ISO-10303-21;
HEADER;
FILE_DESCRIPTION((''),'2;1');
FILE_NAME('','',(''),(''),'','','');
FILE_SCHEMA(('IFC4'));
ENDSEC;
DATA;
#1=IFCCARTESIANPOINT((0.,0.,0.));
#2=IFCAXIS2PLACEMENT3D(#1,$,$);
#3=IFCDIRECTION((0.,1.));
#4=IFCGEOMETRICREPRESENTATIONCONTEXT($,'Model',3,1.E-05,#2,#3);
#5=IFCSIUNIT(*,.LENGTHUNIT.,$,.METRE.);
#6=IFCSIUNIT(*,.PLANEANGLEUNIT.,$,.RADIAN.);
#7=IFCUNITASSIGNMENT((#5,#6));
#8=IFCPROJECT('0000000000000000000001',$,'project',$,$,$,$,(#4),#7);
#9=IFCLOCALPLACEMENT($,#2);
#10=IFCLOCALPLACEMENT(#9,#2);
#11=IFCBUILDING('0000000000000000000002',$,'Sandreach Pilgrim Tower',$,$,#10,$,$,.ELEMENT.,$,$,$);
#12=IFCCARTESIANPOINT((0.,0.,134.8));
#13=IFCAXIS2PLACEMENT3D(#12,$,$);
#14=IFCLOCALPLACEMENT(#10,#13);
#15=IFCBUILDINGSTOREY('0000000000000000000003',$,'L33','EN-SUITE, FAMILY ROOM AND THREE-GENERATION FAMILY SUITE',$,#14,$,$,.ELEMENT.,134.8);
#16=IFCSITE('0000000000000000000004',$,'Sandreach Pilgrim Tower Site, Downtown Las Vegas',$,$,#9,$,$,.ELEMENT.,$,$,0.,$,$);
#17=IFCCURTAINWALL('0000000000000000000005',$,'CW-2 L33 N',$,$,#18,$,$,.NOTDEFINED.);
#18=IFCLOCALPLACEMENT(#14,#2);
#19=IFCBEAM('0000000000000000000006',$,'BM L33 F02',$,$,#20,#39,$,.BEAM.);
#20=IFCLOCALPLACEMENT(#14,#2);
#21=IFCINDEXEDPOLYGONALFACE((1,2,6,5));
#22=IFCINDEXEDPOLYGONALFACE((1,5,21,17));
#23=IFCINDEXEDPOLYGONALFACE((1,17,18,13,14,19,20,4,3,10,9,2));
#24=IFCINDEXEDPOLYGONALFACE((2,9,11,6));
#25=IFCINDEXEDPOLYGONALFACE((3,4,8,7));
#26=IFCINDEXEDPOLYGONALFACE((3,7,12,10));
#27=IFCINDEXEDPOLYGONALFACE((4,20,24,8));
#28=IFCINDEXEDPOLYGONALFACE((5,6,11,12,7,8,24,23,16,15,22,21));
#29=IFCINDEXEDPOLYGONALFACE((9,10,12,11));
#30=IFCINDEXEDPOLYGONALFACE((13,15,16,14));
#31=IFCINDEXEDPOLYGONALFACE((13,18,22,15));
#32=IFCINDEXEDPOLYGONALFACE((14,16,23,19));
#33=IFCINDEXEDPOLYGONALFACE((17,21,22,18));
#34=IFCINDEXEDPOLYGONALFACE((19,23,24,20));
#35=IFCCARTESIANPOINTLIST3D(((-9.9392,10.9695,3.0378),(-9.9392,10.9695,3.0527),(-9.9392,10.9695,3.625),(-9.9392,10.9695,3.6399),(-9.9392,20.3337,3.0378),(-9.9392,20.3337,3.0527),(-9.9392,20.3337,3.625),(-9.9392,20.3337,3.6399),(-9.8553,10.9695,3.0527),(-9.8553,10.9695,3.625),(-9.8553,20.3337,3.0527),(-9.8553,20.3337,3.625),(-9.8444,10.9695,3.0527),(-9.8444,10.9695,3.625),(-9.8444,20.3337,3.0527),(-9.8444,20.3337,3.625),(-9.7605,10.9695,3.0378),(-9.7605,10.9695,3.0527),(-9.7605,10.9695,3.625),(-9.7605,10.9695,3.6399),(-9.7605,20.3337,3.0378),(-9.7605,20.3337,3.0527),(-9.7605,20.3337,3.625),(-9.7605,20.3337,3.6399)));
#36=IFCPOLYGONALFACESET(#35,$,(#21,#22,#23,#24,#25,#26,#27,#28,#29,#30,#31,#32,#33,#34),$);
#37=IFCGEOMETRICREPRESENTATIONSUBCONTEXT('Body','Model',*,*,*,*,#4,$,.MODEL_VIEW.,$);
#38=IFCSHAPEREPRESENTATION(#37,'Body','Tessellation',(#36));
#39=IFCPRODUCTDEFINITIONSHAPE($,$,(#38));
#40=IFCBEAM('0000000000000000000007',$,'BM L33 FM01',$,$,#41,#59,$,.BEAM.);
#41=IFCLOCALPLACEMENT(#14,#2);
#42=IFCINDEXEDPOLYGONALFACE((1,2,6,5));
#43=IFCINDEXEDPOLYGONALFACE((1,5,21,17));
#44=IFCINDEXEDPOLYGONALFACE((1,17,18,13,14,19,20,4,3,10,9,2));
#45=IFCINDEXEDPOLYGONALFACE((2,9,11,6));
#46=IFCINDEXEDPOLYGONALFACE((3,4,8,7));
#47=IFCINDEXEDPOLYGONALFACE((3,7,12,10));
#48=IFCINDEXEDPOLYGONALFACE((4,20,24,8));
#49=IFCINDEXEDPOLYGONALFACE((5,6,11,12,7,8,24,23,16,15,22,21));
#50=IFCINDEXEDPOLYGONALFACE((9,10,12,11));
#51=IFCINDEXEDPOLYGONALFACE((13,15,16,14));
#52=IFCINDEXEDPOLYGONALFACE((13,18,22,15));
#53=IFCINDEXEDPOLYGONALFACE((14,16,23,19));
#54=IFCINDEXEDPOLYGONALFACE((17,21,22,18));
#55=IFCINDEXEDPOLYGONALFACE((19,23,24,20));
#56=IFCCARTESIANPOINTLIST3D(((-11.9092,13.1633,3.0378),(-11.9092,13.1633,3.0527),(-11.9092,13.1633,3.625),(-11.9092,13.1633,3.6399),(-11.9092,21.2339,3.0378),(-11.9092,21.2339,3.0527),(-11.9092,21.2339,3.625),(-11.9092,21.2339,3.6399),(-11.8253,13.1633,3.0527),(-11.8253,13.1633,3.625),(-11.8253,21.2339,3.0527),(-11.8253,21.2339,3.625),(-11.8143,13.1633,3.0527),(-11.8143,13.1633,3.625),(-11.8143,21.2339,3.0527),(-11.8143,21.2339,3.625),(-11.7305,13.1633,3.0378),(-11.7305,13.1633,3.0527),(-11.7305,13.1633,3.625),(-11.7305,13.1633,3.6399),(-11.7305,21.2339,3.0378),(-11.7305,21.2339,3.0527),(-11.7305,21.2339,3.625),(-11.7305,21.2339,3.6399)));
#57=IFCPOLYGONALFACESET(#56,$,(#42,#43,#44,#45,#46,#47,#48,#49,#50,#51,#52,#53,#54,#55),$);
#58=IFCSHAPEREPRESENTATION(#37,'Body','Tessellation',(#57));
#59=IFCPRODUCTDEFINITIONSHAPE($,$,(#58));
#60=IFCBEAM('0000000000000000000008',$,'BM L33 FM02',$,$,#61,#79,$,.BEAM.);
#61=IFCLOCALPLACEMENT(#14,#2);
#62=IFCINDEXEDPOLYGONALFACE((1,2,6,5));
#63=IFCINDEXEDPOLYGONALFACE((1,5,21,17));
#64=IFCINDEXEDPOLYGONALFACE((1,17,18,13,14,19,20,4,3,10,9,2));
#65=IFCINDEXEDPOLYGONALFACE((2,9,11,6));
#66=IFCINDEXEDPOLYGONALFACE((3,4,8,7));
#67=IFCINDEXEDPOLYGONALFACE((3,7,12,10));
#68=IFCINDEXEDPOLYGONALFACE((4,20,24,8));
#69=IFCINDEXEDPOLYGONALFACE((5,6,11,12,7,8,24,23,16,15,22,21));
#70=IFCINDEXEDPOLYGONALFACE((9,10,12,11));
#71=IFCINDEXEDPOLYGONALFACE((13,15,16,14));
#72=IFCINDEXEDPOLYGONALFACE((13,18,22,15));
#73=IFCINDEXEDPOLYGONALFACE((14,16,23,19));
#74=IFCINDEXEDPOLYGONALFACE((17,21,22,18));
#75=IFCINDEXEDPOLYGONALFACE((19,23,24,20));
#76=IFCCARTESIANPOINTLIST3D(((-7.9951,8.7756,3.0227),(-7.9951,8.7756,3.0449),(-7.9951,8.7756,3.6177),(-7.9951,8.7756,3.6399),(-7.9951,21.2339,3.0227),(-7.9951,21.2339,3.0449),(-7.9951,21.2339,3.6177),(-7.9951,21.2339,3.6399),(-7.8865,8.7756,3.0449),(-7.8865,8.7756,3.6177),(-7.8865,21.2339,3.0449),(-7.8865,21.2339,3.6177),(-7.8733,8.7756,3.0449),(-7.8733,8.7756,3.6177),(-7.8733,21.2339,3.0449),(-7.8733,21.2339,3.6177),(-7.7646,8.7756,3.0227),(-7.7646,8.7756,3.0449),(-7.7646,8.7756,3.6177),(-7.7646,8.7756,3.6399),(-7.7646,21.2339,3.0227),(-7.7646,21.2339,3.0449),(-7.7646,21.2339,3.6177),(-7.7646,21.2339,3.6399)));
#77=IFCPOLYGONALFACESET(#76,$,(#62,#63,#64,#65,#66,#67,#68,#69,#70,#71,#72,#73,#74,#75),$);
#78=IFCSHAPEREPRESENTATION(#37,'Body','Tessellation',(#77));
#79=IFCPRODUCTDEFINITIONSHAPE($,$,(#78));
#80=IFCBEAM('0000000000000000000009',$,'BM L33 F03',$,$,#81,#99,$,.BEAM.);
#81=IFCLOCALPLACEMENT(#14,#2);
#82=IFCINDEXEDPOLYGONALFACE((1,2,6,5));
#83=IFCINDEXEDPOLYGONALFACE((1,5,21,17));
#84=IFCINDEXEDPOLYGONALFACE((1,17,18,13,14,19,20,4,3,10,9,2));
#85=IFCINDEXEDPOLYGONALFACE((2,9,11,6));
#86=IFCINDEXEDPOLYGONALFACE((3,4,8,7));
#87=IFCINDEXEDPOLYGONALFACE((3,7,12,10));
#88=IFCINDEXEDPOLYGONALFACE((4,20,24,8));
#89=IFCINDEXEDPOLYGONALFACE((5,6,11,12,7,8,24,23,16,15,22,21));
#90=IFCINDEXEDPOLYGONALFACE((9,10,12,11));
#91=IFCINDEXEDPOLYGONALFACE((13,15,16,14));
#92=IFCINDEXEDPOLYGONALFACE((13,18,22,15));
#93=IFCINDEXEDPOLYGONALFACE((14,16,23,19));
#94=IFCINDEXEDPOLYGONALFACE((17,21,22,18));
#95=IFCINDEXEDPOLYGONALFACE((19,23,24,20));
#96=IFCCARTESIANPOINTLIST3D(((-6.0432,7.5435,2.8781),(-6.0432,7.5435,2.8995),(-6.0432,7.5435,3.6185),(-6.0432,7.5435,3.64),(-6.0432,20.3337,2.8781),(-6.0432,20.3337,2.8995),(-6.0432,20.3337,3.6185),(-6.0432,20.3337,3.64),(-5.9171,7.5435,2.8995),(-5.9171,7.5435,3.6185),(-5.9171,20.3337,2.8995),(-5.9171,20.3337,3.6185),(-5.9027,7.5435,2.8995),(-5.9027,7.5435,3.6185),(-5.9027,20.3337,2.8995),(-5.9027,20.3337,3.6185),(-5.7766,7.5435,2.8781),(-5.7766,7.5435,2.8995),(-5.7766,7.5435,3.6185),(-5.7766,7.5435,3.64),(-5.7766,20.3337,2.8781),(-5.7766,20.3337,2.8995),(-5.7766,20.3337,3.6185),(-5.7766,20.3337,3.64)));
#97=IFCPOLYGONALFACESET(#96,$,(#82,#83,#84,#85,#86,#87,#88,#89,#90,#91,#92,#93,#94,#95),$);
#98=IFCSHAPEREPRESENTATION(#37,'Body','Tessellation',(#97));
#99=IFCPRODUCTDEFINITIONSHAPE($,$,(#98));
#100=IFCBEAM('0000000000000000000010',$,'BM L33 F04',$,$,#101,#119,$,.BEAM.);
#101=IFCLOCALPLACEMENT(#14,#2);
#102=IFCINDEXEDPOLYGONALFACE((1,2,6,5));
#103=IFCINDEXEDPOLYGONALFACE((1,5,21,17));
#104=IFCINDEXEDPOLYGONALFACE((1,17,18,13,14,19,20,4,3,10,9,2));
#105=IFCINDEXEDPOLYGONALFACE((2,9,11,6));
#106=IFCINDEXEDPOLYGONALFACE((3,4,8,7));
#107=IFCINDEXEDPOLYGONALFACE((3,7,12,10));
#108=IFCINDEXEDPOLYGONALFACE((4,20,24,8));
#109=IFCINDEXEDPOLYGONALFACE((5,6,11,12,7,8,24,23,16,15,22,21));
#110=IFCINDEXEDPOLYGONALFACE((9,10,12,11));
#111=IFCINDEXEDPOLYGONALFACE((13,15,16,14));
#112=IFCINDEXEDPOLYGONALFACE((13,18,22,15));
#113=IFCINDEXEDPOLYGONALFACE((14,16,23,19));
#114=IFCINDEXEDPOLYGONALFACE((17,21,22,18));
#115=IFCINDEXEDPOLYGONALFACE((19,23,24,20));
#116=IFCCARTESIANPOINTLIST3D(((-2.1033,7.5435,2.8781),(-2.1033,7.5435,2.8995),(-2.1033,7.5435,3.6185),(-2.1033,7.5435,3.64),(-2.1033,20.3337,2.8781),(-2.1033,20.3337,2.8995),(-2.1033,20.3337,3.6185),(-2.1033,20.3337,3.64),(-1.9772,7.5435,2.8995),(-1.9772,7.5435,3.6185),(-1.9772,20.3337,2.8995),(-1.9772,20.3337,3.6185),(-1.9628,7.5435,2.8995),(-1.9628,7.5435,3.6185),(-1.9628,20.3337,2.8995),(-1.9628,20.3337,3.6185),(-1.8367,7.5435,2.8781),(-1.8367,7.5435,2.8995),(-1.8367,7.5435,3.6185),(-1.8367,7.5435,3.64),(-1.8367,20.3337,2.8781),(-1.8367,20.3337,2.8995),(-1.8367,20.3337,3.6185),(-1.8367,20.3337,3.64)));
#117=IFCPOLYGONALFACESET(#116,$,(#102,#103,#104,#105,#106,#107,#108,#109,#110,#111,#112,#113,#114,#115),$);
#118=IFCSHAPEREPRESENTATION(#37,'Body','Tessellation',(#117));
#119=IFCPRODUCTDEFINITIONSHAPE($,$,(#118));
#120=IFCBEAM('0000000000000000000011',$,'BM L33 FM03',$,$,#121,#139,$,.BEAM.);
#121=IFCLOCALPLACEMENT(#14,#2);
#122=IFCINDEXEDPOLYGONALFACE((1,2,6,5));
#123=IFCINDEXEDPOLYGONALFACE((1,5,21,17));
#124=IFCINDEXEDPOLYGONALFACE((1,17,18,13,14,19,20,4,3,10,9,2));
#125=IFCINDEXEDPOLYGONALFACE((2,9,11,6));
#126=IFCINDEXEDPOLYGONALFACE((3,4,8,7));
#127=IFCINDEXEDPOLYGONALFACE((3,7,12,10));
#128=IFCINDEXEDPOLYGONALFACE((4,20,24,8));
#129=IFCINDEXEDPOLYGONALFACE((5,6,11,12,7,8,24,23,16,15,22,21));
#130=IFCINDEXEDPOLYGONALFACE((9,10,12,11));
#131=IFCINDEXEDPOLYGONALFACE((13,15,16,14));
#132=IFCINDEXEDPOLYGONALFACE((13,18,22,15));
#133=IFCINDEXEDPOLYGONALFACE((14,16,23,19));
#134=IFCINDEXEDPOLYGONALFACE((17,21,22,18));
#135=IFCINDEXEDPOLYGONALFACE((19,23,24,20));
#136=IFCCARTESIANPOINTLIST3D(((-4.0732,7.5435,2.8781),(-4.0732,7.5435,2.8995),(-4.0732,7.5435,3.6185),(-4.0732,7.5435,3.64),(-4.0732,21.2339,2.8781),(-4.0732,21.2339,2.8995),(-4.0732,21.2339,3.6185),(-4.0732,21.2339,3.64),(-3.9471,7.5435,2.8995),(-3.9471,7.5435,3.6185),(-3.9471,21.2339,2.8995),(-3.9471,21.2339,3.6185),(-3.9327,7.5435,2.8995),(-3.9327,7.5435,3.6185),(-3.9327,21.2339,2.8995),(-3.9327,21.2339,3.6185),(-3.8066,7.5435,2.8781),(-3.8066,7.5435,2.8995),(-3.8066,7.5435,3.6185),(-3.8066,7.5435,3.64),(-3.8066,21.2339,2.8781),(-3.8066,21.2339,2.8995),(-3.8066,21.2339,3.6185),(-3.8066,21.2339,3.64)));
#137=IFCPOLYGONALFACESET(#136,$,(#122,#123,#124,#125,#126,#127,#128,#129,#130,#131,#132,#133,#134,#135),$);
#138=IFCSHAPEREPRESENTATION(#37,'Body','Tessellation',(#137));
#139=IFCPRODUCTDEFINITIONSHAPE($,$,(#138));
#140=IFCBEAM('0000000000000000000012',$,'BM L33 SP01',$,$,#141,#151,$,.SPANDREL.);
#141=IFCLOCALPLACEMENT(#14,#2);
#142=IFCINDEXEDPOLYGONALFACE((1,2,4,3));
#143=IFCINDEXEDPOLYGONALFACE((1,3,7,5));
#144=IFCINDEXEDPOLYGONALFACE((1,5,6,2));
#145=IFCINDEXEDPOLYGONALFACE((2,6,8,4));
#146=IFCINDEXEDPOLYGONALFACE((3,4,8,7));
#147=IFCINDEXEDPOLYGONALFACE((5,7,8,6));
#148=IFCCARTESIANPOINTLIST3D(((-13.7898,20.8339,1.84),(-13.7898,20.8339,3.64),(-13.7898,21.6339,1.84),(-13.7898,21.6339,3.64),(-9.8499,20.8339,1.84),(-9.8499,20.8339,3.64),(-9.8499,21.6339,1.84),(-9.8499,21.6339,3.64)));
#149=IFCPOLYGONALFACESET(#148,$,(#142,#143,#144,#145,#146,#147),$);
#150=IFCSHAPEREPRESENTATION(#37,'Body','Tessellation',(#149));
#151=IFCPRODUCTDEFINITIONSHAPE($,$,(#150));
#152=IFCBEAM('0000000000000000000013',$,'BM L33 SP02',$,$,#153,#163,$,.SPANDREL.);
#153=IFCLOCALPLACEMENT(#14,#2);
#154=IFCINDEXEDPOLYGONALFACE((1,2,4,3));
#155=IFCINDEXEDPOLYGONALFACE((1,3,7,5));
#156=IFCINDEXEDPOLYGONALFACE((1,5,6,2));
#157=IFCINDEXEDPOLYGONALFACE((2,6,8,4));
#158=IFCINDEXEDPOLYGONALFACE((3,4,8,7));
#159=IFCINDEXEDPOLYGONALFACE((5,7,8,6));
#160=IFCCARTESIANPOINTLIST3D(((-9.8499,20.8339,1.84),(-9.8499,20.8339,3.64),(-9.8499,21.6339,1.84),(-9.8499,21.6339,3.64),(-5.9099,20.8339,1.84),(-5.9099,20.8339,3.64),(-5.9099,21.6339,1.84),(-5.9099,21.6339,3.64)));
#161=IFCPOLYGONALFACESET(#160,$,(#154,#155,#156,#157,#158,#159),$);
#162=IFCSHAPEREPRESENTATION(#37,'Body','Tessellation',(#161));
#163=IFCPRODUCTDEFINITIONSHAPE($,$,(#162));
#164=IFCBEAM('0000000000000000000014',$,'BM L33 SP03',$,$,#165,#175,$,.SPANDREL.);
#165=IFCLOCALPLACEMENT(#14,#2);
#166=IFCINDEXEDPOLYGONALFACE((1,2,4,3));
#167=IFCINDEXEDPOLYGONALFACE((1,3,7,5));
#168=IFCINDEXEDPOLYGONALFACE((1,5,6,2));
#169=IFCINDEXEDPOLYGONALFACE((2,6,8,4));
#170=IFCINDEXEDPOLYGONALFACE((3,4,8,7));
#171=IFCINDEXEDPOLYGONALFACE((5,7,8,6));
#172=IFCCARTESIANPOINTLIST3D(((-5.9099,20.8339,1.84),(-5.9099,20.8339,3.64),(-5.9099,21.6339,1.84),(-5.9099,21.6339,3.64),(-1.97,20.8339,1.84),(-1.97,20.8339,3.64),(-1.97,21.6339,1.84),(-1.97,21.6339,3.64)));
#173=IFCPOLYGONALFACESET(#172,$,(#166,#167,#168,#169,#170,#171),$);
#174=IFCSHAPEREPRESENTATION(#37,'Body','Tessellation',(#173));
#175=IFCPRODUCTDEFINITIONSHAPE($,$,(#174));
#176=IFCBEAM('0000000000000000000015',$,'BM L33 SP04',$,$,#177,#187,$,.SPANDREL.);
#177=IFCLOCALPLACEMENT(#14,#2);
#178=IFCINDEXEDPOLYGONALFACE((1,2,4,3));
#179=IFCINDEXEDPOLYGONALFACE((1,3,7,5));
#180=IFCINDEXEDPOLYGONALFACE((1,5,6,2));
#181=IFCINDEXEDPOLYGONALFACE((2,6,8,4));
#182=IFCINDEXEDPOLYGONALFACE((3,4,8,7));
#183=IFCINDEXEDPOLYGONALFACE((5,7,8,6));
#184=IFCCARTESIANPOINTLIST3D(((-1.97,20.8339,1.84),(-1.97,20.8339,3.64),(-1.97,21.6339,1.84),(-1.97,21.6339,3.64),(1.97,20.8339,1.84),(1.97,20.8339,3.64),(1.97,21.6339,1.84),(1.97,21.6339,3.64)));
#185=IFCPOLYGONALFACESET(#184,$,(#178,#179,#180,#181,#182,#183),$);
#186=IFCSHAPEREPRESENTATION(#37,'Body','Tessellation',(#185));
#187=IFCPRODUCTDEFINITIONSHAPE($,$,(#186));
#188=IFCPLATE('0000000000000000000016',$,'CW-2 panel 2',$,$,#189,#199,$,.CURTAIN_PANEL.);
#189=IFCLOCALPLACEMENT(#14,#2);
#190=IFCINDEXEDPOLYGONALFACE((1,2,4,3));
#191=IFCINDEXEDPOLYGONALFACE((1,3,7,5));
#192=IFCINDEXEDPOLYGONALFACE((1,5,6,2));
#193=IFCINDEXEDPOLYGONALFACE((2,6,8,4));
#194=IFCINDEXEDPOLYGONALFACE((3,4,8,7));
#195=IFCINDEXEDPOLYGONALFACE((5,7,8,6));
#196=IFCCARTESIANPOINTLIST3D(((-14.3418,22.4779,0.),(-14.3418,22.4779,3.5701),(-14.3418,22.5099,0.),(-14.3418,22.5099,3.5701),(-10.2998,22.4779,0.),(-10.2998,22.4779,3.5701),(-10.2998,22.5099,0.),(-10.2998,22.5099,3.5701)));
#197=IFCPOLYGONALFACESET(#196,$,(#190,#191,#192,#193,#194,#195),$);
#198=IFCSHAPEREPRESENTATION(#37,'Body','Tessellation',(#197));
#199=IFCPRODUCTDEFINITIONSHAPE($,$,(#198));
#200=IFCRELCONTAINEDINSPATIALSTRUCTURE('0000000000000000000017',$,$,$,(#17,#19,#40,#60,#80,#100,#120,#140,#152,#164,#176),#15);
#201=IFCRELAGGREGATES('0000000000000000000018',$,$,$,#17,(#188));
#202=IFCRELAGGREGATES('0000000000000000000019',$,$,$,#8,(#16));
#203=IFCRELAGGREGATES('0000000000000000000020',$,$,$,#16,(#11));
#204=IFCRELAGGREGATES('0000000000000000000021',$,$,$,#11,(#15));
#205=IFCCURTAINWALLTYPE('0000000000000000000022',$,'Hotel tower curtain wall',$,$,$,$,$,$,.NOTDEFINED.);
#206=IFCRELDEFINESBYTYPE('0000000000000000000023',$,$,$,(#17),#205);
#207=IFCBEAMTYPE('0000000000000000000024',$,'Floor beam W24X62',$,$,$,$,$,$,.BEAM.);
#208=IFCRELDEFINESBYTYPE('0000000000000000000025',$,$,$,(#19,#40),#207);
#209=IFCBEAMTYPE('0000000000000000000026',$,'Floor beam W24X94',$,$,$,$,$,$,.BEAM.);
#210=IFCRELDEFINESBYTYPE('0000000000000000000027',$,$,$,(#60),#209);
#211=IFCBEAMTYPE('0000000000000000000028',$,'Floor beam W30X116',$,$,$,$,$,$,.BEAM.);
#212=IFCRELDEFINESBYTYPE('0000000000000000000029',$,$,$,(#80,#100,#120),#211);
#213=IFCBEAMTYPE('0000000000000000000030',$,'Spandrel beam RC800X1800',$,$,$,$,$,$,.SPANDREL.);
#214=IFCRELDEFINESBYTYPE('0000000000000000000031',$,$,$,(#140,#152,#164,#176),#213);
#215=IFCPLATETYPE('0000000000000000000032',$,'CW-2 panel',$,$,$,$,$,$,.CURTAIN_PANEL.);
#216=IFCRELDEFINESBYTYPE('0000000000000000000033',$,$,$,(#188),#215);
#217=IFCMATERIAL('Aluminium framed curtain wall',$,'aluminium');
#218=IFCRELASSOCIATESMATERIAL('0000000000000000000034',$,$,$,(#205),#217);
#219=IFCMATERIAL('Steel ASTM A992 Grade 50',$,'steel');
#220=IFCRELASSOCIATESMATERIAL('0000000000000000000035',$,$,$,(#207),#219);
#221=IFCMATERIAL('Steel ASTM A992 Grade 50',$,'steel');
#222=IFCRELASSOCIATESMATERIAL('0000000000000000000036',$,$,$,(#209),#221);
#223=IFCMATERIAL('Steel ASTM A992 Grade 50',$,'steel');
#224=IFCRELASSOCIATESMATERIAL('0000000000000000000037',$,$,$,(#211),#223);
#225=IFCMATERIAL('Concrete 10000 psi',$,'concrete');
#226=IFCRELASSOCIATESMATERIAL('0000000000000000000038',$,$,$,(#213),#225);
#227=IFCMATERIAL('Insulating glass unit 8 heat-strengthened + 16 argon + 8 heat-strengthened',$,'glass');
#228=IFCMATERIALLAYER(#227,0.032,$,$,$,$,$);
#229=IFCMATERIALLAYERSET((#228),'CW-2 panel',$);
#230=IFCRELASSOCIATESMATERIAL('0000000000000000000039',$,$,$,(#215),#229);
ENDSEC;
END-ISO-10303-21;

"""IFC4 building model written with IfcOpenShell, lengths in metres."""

from ifc_helpers import new_model, si_unit, direction, frame, origin, origin_2d, place, context, subcontext, project, spatial, rectangle, i_section, extrude, material, layer, layer_set, material_profile, profile_set, type_object, element, aggregate, save


model = new_model("IFC4")

# Units and contexts
model_context = context("Model", 3, precision=1e-05, world=origin(), true_north=direction((0.0, 1.0)))
body_context = subcontext(model_context, "Body", "Model", "MODEL_VIEW")
ifc_project = project(units=[si_unit("LENGTHUNIT", "METRE"), si_unit("PLANEANGLEUNIT", "RADIAN")], contexts=[model_context])

# Site, building, storey
site_placement = place(None, origin())
site = spatial("IfcSite", under=ifc_project, at=site_placement, Name="Sandreach Pilgrim Tower Site, Downtown Las Vegas", CompositionType="ELEMENT", RefElevation=0.0)
building_placement = place(site_placement, origin())
building = spatial("IfcBuilding", under=site, at=building_placement, Name="Sandreach Pilgrim Tower", CompositionType="ELEMENT")
storey_placement = place(building_placement, frame((0.0, 0.0, 134.8)))
storey = spatial("IfcBuildingStorey", under=building, at=storey_placement, Name="L33", Description="EN-SUITE, FAMILY ROOM AND THREE-GENERATION FAMILY SUITE", CompositionType="ELEMENT", Elevation=134.8)

# Curtain wall
ifc_material_1 = material(Name="Aluminium framed curtain wall", Category="aluminium")
curtain_wall_type = type_object("IfcCurtainWallType", Name="Hotel tower curtain wall", PredefinedType="NOTDEFINED", material=ifc_material_1)
curtain_wall_placement = place(storey_placement, origin())
curtain_wall = element("IfcCurtainWall", 1, at=curtain_wall_placement, inside=storey, type_object=curtain_wall_type, Name="CW-2 L33 N", PredefinedType="NOTDEFINED")

# Beams
ifc_material_2 = material(Name="Steel ASTM A992 Grade 50", Category="steel")
ifc_material_profile_1 = material_profile(ifc_material_2, i_section(OverallWidth=0.1787, OverallDepth=0.6021, WebThickness=0.011, FlangeThickness=0.0149, at=origin_2d()), Name="W24X62")
ifc_profile_set_1 = profile_set([ifc_material_profile_1], Name="Steel ASTM A992 Grade 50")
beam_type_1 = type_object("IfcBeamType", Name="Floor beam W24X62", PredefinedType="BEAM", material=ifc_profile_set_1)
beam_1_placement = place(storey_placement, frame((-9.8499, 20.3337, 3.3389), z_axis=(0.0, -1.0, 0.0), x_axis=(1.0, 0.0, 0.0)))
element("IfcBeam", 2, at=beam_1_placement, inside=storey, type_object=beam_type_1, Name="BM L33 F02", PredefinedType="BEAM", context=body_context, shape_type="SweptSolid", body=[
    extrude(i_section(OverallWidth=0.1787, OverallDepth=0.6021, WebThickness=0.011, FlangeThickness=0.0149, at=origin_2d()), origin(), (0.0, 0.0, 1.0), 9.3643),
])
beam_2_placement = place(storey_placement, frame((-11.8198, 21.2339, 3.3389), z_axis=(0.0, -1.0, 0.0), x_axis=(1.0, 0.0, 0.0)))
element("IfcBeam", 3, at=beam_2_placement, inside=storey, type_object=beam_type_1, Name="BM L33 FM01", PredefinedType="BEAM", context=body_context, shape_type="SweptSolid", body=[
    extrude(i_section(OverallWidth=0.1787, OverallDepth=0.6021, WebThickness=0.011, FlangeThickness=0.0149, at=origin_2d()), origin(), (0.0, 0.0, 1.0), 8.0706),
])
ifc_material_3 = material(Name="Steel ASTM A992 Grade 50", Category="steel")
ifc_material_profile_2 = material_profile(ifc_material_3, i_section(OverallWidth=0.2305, OverallDepth=0.6172, WebThickness=0.0132, FlangeThickness=0.0222, at=origin_2d()), Name="W24X94")
ifc_profile_set_2 = profile_set([ifc_material_profile_2], Name="Steel ASTM A992 Grade 50")
beam_type_2 = type_object("IfcBeamType", Name="Floor beam W24X94", PredefinedType="BEAM", material=ifc_profile_set_2)
beam_3_placement = place(storey_placement, frame((-7.8799, 21.2339, 3.3313), z_axis=(0.0, -1.0, 0.0), x_axis=(1.0, 0.0, 0.0)))
element("IfcBeam", 4, at=beam_3_placement, inside=storey, type_object=beam_type_2, Name="BM L33 FM02", PredefinedType="BEAM", context=body_context, shape_type="SweptSolid", body=[
    extrude(i_section(OverallWidth=0.2305, OverallDepth=0.6172, WebThickness=0.0132, FlangeThickness=0.0222, at=origin_2d()), origin(), (0.0, 0.0, 1.0), 12.4583),
])
ifc_material_4 = material(Name="Steel ASTM A992 Grade 50", Category="steel")
ifc_material_profile_3 = material_profile(ifc_material_4, i_section(OverallWidth=0.2666, OverallDepth=0.762, WebThickness=0.0144, FlangeThickness=0.0215, at=origin_2d()), Name="W30X116")
ifc_profile_set_3 = profile_set([ifc_material_profile_3], Name="Steel ASTM A992 Grade 50")
beam_type_3 = type_object("IfcBeamType", Name="Floor beam W30X116", PredefinedType="BEAM", material=ifc_profile_set_3)
for number, where, z_axis, x_axis, name in (
    (5, (-5.9099, 20.3337, 3.259), (0.0, -1.0, 0.0), (1.0, 0.0, 0.0), "BM L33 F03"),
    (6, (-1.97, 20.3337, 3.259), (0.0, -1.0, 0.0), (1.0, 0.0, 0.0), "BM L33 F04"),
):
    element("IfcBeam", number, at=place(storey_placement, frame(where, z_axis=z_axis, x_axis=x_axis)), inside=storey, type_object=beam_type_3, Name=name, PredefinedType="BEAM", context=body_context, shape_type="SweptSolid", body=[
        extrude(i_section(OverallWidth=0.2666, OverallDepth=0.762, WebThickness=0.0144, FlangeThickness=0.0215, at=origin_2d()), origin(), (0.0, 0.0, 1.0), 12.7903),
    ])
beam_4_placement = place(storey_placement, frame((-3.9399, 21.2339, 3.259), z_axis=(0.0, -1.0, 0.0), x_axis=(1.0, 0.0, 0.0)))
element("IfcBeam", 7, at=beam_4_placement, inside=storey, type_object=beam_type_3, Name="BM L33 FM03", PredefinedType="BEAM", context=body_context, shape_type="SweptSolid", body=[
    extrude(i_section(OverallWidth=0.2666, OverallDepth=0.762, WebThickness=0.0144, FlangeThickness=0.0215, at=origin_2d()), origin(), (0.0, 0.0, 1.0), 13.6904),
])
ifc_material_5 = material(Name="Concrete 10000 psi", Category="concrete")
ifc_material_profile_4 = material_profile(ifc_material_5, rectangle(XDim=0.8, YDim=1.8, at=origin_2d()), Name="RC800X1800")
ifc_profile_set_4 = profile_set([ifc_material_profile_4], Name="Concrete 10000 psi")
beam_type_4 = type_object("IfcBeamType", Name="Spandrel beam RC800X1800", PredefinedType="SPANDREL", material=ifc_profile_set_4)
for number, where, z_axis, x_axis, name in (
    (8, (-13.7898, 21.2339, 2.74), (1.0, 0.0, 0.0), (0.0, 1.0, 0.0), "BM L33 SP01"),
    (9, (-9.8499, 21.2339, 2.74), (1.0, 0.0, 0.0), (0.0, 1.0, 0.0), "BM L33 SP02"),
    (10, (-5.9099, 21.2339, 2.74), (1.0, 0.0, 0.0), (0.0, 1.0, 0.0), "BM L33 SP03"),
    (11, (-1.97, 21.2339, 2.74), (1.0, 0.0, 0.0), (0.0, 1.0, 0.0), "BM L33 SP04"),
):
    element("IfcBeam", number, at=place(storey_placement, frame(where, z_axis=z_axis, x_axis=x_axis)), inside=storey, type_object=beam_type_4, Name=name, PredefinedType="SPANDREL", context=body_context, shape_type="SweptSolid", body=[
        extrude(rectangle(XDim=0.8, YDim=1.8, at=origin_2d()), origin(), (0.0, 0.0, 1.0), 3.9399),
    ])

# Plate
ifc_material_6 = material(Name="Insulating glass unit 8 heat-strengthened + 16 argon + 8 heat-strengthened", Category="glass")
ifc_layer_1 = layer(ifc_material_6, 0.032)
ifc_layer_set_1 = layer_set([ifc_layer_1], Name="CW-2 panel")
plate_type = type_object("IfcPlateType", Name="CW-2 panel", PredefinedType="CURTAIN_PANEL", material=ifc_layer_set_1)
plate_1_placement = place(storey_placement, frame((-12.3208, 22.4939, 0.0), z_axis=(0.0, 0.0, 1.0), x_axis=(1.0, 0.0, 0.0)))
plate_1 = element("IfcPlate", 12, at=plate_1_placement, type_object=plate_type, Name="CW-2 panel 2", PredefinedType="CURTAIN_PANEL", context=body_context, shape_type="SweptSolid", body=[
    extrude(rectangle(XDim=4.042, YDim=0.032, at=origin_2d()), origin(), (0.0, 0.0, 1.0), 3.5701),
])
aggregate(curtain_wall, [plate_1])

save(model, "model.ifc")
